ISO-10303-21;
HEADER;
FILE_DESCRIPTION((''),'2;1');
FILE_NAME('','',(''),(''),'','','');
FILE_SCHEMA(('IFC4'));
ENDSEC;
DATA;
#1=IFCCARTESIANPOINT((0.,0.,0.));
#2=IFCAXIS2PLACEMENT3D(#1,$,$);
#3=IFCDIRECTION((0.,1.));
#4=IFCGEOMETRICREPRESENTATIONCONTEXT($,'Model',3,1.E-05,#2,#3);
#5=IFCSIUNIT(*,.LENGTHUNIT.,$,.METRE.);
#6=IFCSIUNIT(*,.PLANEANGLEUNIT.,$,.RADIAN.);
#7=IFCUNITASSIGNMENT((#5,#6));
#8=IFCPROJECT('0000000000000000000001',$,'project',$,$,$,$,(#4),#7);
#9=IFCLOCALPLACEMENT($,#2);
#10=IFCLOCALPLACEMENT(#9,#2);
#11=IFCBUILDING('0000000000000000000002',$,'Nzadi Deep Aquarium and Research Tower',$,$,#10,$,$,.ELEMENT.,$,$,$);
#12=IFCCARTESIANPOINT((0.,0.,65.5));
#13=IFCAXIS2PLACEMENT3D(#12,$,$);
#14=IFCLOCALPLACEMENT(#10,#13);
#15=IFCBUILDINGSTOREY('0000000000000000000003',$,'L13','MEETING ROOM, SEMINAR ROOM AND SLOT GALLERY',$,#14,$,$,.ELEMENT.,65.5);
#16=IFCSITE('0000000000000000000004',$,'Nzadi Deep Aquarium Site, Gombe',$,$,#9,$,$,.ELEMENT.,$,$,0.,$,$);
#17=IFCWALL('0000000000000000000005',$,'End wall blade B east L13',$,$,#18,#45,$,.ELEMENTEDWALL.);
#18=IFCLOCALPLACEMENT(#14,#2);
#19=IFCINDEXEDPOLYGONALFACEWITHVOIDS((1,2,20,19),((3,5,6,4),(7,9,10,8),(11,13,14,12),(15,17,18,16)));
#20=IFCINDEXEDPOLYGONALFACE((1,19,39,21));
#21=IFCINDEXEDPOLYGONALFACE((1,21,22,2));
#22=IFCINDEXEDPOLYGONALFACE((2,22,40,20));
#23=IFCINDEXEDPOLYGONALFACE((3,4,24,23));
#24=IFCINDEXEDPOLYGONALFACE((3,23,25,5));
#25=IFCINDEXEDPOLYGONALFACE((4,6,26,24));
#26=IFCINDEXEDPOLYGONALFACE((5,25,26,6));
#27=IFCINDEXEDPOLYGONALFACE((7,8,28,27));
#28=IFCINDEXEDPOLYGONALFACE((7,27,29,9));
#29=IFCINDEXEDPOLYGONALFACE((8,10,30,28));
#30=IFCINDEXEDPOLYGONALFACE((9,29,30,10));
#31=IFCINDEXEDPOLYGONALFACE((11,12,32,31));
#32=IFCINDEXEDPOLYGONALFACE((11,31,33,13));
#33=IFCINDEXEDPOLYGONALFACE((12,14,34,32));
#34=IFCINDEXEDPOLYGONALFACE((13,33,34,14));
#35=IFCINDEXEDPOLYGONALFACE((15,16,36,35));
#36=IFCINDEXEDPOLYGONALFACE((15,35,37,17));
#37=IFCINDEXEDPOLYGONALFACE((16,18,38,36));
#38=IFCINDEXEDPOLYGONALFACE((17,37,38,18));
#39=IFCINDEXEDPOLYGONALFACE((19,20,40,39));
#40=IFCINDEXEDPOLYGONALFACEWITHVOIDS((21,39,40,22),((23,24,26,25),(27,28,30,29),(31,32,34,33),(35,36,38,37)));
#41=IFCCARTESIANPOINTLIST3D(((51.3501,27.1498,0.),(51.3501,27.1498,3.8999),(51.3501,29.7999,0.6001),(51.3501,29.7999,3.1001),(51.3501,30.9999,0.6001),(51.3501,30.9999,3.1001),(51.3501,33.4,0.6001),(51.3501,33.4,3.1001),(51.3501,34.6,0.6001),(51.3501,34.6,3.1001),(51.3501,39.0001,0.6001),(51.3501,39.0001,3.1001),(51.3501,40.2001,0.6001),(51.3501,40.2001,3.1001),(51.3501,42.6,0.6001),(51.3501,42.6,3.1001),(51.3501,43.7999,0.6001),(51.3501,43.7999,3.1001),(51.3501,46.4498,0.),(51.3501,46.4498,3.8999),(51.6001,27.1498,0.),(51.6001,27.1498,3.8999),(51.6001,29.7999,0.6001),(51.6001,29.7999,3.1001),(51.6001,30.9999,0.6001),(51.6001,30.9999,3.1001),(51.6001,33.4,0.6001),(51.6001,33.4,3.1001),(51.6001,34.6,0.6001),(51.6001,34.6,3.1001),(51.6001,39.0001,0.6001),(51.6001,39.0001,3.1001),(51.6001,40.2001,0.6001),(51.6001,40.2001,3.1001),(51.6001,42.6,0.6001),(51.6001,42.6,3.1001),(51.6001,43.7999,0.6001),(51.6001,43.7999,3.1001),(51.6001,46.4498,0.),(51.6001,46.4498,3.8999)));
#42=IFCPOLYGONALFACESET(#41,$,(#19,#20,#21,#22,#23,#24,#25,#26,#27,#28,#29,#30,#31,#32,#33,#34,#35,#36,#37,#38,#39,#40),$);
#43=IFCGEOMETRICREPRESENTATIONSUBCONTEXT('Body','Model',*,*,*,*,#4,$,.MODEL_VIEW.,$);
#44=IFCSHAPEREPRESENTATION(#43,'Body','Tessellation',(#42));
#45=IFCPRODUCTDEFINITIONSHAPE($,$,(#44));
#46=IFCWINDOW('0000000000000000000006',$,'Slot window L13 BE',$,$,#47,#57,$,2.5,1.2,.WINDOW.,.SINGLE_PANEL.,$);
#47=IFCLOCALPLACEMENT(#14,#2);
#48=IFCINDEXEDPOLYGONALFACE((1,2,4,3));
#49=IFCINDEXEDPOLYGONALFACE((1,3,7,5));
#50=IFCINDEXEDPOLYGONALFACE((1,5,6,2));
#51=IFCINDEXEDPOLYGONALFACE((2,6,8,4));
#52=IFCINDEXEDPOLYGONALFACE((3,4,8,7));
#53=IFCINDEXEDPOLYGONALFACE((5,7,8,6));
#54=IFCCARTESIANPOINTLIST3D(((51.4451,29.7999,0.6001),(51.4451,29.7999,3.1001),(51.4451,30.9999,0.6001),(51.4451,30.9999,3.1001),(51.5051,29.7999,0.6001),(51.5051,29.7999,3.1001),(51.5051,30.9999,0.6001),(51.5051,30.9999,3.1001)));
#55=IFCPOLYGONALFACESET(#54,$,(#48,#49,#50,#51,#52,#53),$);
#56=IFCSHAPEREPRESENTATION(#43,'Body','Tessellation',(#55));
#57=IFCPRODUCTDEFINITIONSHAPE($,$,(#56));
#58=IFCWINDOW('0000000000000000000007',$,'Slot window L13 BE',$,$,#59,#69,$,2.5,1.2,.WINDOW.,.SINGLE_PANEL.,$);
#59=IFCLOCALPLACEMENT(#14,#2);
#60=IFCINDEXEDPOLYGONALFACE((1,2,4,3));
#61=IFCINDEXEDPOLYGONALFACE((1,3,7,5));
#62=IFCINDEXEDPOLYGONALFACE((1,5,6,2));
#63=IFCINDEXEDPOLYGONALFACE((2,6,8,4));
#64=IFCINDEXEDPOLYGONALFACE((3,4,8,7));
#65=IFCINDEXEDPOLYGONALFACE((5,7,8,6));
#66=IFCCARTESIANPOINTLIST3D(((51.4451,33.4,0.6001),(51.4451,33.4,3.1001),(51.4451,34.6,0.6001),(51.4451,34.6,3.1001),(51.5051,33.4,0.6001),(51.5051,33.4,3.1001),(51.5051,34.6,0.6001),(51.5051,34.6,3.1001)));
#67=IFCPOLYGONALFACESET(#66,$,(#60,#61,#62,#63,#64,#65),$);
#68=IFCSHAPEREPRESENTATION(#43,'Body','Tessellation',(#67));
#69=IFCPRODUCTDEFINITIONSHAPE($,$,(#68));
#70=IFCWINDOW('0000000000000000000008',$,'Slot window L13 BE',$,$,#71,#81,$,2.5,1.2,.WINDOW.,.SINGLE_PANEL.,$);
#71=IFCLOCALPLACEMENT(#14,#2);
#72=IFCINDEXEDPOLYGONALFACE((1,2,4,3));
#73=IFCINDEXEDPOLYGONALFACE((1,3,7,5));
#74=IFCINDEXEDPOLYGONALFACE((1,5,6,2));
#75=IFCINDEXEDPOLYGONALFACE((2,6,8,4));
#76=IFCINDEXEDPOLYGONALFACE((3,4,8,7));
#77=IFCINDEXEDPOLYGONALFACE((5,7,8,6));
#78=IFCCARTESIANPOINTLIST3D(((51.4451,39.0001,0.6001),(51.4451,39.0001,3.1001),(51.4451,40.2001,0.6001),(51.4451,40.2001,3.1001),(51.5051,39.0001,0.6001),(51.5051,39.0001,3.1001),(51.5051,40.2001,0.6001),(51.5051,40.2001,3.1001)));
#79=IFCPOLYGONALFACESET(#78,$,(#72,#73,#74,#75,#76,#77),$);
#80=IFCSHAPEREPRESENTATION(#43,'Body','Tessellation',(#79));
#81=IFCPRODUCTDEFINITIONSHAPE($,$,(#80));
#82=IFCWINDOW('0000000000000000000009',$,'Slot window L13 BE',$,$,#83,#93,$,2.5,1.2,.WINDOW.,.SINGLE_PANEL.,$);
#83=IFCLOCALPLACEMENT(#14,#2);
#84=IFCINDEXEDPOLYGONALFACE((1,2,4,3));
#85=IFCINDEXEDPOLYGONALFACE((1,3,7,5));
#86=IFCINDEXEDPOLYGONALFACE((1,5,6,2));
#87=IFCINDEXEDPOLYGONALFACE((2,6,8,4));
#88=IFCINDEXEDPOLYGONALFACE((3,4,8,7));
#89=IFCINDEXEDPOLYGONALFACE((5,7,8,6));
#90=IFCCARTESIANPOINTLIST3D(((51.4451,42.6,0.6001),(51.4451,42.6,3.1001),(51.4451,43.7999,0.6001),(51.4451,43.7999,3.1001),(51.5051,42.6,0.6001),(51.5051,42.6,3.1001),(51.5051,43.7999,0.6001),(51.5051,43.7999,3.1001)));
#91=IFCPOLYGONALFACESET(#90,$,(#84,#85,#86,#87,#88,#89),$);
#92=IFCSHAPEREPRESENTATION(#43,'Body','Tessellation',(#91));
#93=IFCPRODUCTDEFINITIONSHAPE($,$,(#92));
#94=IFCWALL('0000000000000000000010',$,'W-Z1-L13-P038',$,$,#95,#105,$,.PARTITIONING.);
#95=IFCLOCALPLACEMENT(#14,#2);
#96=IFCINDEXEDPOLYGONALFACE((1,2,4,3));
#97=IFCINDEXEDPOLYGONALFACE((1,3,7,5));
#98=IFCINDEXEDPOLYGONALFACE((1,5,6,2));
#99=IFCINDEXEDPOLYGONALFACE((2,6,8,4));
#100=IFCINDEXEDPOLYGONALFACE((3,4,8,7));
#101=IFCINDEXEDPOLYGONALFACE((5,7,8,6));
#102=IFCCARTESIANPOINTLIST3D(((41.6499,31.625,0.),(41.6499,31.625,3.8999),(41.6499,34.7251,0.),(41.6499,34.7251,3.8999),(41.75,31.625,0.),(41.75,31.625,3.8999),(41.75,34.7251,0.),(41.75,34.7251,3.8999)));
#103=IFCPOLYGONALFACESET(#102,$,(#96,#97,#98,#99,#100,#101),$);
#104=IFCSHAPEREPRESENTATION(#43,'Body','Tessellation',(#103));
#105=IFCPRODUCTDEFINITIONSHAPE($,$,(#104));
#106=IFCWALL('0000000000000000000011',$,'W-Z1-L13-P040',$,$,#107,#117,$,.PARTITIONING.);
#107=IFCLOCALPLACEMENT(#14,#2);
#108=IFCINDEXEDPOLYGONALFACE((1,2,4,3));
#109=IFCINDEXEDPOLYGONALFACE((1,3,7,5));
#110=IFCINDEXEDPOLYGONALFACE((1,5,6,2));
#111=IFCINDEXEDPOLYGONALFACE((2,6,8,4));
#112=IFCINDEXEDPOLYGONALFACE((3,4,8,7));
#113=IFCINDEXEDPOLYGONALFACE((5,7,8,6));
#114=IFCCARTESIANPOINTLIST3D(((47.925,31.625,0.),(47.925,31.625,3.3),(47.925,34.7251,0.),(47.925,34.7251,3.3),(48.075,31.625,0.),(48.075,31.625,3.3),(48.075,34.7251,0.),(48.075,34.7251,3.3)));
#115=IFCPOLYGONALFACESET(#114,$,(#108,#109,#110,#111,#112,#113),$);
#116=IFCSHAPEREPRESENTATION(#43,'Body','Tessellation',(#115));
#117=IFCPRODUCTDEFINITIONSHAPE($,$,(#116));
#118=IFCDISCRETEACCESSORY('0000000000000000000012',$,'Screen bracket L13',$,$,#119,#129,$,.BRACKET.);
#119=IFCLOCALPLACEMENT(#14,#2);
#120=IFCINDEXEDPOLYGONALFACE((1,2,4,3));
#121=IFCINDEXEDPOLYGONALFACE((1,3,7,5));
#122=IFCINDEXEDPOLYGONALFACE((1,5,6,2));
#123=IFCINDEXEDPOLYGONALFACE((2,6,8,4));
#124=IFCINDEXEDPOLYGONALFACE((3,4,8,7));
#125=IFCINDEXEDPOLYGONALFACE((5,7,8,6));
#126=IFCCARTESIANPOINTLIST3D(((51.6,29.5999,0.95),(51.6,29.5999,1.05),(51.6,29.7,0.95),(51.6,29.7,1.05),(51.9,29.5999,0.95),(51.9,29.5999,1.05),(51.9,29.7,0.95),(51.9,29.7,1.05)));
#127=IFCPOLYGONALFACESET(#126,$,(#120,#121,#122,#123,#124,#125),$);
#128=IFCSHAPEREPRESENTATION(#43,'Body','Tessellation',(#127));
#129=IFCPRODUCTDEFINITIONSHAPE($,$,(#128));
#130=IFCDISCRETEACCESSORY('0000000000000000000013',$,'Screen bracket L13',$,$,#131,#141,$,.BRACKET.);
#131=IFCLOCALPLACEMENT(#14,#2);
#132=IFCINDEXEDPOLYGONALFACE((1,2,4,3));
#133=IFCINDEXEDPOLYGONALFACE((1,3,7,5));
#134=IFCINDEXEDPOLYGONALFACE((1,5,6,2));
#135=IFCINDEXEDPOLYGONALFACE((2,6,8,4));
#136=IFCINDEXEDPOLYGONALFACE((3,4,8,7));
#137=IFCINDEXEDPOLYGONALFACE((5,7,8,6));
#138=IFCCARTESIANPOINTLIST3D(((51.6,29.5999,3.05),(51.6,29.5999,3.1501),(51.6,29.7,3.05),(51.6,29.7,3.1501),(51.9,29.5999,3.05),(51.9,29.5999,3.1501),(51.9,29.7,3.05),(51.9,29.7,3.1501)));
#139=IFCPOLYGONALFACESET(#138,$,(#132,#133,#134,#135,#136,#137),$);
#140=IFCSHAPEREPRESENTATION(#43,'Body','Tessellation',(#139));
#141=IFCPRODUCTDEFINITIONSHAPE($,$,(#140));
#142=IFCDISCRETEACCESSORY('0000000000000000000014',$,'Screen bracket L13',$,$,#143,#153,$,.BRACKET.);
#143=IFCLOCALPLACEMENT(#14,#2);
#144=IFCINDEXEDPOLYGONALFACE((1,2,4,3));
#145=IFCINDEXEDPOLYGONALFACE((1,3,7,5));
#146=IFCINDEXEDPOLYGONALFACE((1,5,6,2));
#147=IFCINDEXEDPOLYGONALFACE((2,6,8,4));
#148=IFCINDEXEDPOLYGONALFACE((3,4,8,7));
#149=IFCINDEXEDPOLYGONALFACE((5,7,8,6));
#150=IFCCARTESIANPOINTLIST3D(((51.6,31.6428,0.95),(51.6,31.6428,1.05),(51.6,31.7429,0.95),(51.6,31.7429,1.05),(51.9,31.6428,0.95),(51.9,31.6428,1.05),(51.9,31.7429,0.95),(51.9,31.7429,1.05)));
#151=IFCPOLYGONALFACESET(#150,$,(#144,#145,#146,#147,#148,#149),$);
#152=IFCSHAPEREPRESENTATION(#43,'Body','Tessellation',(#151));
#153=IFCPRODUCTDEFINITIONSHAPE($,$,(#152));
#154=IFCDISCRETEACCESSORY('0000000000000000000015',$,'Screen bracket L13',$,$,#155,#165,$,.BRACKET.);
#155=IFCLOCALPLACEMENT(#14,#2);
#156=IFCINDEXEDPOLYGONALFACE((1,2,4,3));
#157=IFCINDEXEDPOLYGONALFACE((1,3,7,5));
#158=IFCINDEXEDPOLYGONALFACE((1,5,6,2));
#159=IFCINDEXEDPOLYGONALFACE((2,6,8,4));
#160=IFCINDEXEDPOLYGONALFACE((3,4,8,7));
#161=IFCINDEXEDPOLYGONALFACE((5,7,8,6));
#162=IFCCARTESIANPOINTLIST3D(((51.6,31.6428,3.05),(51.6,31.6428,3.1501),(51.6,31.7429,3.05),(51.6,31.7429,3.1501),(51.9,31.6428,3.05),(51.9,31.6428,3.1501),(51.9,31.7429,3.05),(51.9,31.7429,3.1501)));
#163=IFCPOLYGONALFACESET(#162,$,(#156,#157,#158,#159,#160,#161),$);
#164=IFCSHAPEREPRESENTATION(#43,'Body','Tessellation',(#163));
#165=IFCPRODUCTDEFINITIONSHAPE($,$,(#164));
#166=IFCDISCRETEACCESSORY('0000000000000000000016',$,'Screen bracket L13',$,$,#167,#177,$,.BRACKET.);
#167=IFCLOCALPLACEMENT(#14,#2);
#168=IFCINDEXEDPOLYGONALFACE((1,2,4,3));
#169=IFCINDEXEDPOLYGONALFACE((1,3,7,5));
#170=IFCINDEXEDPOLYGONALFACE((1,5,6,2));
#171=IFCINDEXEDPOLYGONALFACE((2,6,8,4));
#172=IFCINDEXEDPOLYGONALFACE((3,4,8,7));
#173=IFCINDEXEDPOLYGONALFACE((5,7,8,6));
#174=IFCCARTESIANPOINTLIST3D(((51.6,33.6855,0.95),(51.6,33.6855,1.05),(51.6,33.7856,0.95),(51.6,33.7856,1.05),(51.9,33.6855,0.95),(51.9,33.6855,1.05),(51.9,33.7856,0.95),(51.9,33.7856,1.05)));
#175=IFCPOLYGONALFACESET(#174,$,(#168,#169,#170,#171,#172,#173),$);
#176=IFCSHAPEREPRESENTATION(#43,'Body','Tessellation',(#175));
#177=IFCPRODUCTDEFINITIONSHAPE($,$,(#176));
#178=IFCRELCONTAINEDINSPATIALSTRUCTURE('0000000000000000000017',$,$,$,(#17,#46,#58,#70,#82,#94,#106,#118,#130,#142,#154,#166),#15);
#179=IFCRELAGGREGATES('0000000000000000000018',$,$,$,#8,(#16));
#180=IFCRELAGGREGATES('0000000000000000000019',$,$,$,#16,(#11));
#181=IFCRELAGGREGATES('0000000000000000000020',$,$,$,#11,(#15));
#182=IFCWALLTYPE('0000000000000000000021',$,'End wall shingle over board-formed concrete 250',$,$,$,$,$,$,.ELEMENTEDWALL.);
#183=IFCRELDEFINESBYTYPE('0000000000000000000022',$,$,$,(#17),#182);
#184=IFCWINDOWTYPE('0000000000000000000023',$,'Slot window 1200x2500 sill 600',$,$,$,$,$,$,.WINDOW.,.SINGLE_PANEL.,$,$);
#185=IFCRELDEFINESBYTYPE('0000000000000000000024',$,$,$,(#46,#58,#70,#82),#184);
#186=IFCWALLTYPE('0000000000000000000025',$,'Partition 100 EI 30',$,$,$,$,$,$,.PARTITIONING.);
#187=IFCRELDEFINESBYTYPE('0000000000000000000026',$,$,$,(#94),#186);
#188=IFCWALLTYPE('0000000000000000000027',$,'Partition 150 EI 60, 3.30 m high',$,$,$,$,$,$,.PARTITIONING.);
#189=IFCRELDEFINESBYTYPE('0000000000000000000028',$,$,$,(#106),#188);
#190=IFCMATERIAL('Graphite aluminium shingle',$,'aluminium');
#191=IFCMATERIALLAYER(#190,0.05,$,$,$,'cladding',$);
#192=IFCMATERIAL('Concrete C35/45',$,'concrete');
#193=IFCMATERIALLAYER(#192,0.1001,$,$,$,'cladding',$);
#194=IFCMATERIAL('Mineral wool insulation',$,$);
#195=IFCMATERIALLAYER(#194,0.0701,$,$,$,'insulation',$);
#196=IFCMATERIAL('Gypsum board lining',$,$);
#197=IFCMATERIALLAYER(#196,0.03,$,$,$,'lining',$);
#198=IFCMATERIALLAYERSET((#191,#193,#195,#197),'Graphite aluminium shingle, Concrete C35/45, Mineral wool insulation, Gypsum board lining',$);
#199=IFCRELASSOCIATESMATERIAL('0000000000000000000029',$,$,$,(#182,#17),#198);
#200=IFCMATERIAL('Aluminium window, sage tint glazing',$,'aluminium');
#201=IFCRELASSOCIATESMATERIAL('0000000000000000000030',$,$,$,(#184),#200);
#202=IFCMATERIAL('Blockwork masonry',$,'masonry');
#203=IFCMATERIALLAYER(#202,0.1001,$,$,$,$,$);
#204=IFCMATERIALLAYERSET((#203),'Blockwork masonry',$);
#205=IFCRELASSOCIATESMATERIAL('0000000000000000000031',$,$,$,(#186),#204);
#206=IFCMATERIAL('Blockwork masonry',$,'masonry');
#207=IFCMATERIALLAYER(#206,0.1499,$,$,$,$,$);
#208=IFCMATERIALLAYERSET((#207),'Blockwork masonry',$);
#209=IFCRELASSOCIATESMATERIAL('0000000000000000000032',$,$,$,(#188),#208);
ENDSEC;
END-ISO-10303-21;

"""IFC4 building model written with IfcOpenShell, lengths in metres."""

from ifc_helpers import new_model, si_unit, direction, frame, frame_2d, origin, origin_2d, place, context, subcontext, project, spatial, rectangle, extrude, material, layer, layer_set, layer_usage, type_object, element, fill, save


model = new_model("IFC4")

# Units and contexts
model_context = context("Model", 3, precision=1e-05, world=origin(), true_north=direction((0.0, 1.0)))
body_context = subcontext(model_context, "Body", "Model", "MODEL_VIEW")
ifc_project = project(units=[si_unit("LENGTHUNIT", "METRE"), si_unit("PLANEANGLEUNIT", "RADIAN")], contexts=[model_context])

# Site, building, storey
site_placement = place(None, origin())
site = spatial("IfcSite", under=ifc_project, at=site_placement, Name="Nzadi Deep Aquarium Site, Gombe", CompositionType="ELEMENT", RefElevation=0.0)
building_placement = place(site_placement, origin())
building = spatial("IfcBuilding", under=site, at=building_placement, Name="Nzadi Deep Aquarium and Research Tower", CompositionType="ELEMENT")
storey_placement = place(building_placement, frame((0.0, 0.0, 65.5)))
storey = spatial("IfcBuildingStorey", under=building, at=storey_placement, Name="L13", Description="MEETING ROOM, SEMINAR ROOM AND SLOT GALLERY", CompositionType="ELEMENT", Elevation=65.5)

# Wall, openings, windows
ifc_material_1 = material(Name="Graphite aluminium shingle", Category="aluminium")
ifc_layer_1 = layer(ifc_material_1, 0.05, Category="cladding")
ifc_material_2 = material(Name="Concrete C35/45", Category="concrete")
ifc_layer_2 = layer(ifc_material_2, 0.1001, Category="cladding")
ifc_material_3 = material(Name="Mineral wool insulation")
ifc_layer_3 = layer(ifc_material_3, 0.0701, Category="insulation")
ifc_material_4 = material(Name="Gypsum board lining")
ifc_layer_4 = layer(ifc_material_4, 0.03, Category="lining")
ifc_layer_set_1 = layer_set([ifc_layer_1, ifc_layer_2, ifc_layer_3, ifc_layer_4], Name="Graphite aluminium shingle, Concrete C35/45, Mineral wool insulation, Gypsum board lining")
ifc_layer_usage = layer_usage(ifc_layer_set_1, "AXIS2", "POSITIVE", -0.125)
wall_type_1 = type_object("IfcWallType", Name="End wall shingle over board-formed concrete 250", PredefinedType="ELEMENTEDWALL", material=ifc_layer_set_1)
wall_1_placement = place(storey_placement, frame((51.4751, 27.1499, 0.0), z_axis=(0.0, 0.0, 1.0), x_axis=(0.0, 1.0, 0.0)))
wall_1 = element("IfcWall", 1, at=wall_1_placement, inside=storey, type_object=wall_type_1, material=ifc_layer_usage, Name="End wall blade B east L13", PredefinedType="ELEMENTEDWALL", context=body_context, shape_type="SweptSolid", body=[
    extrude(rectangle(XDim=19.3, YDim=0.25, at=frame_2d((9.6499, 0.0))), origin(), (0.0, 0.0, 1.0), 3.8999),
])
opening_1_placement = place(wall_1_placement, frame((2.6499, 0.0, 0.6001)))
opening_1 = element("IfcOpeningElement", 2, at=opening_1_placement, cuts=wall_1, PredefinedType="OPENING", context=body_context, shape_type="SweptSolid", body=[
    extrude(rectangle(XDim=1.2, YDim=2.5, at=frame_2d((0.6001, 1.25))), frame((0.0, 0.135, 0.0), z_axis=(0.0, -1.0, 0.0), x_axis=(1.0, 0.0, 0.0)), (0.0, 0.0, 1.0), 0.27),
])
opening_2_placement = place(wall_1_placement, frame((6.25, 0.0, 0.6001)))
opening_2 = element("IfcOpeningElement", 3, at=opening_2_placement, cuts=wall_1, PredefinedType="OPENING", context=body_context, shape_type="SweptSolid", body=[
    extrude(rectangle(XDim=1.2, YDim=2.5, at=frame_2d((0.6001, 1.25))), frame((0.0, 0.135, 0.0), z_axis=(0.0, -1.0, 0.0), x_axis=(1.0, 0.0, 0.0)), (0.0, 0.0, 1.0), 0.27),
])
opening_3_placement = place(wall_1_placement, frame((11.8501, 0.0, 0.6001)))
opening_3 = element("IfcOpeningElement", 4, at=opening_3_placement, cuts=wall_1, PredefinedType="OPENING", context=body_context, shape_type="SweptSolid", body=[
    extrude(rectangle(XDim=1.2, YDim=2.5, at=frame_2d((0.6001, 1.25))), frame((0.0, 0.135, 0.0), z_axis=(0.0, -1.0, 0.0), x_axis=(1.0, 0.0, 0.0)), (0.0, 0.0, 1.0), 0.27),
])
opening_4_placement = place(wall_1_placement, frame((15.45, 0.0, 0.6001)))
opening_4 = element("IfcOpeningElement", 5, at=opening_4_placement, cuts=wall_1, PredefinedType="OPENING", context=body_context, shape_type="SweptSolid", body=[
    extrude(rectangle(XDim=1.2, YDim=2.5, at=frame_2d((0.6001, 1.25))), frame((0.0, 0.135, 0.0), z_axis=(0.0, -1.0, 0.0), x_axis=(1.0, 0.0, 0.0)), (0.0, 0.0, 1.0), 0.27),
])
ifc_material_5 = material(Name="Aluminium window, sage tint glazing", Category="aluminium")
window_type = type_object("IfcWindowType", Name="Slot window 1200x2500 sill 600", PartitioningType="SINGLE_PANEL", PredefinedType="WINDOW", material=ifc_material_5)
window_1_placement = place(opening_1_placement, origin())
window_1 = element("IfcWindow", 6, at=window_1_placement, inside=storey, type_object=window_type, Name="Slot window L13 BE", OverallHeight=2.5, OverallWidth=1.2, PartitioningType="SINGLE_PANEL", PredefinedType="WINDOW", context=body_context, shape_type="SweptSolid", body=[
    extrude(rectangle(XDim=1.2, YDim=2.5, at=frame_2d((0.6001, 1.25))), frame((0.0, 0.03, 0.0), z_axis=(0.0, -1.0, 0.0), x_axis=(1.0, 0.0, 0.0)), (0.0, 0.0, 1.0), 0.0601),
])
fill(opening_1, window_1)
window_2_placement = place(opening_2_placement, origin())
window_2 = element("IfcWindow", 7, at=window_2_placement, inside=storey, type_object=window_type, Name="Slot window L13 BE", OverallHeight=2.5, OverallWidth=1.2, PartitioningType="SINGLE_PANEL", PredefinedType="WINDOW", context=body_context, shape_type="SweptSolid", body=[
    extrude(rectangle(XDim=1.2, YDim=2.5, at=frame_2d((0.6001, 1.25))), frame((0.0, 0.03, 0.0), z_axis=(0.0, -1.0, 0.0), x_axis=(1.0, 0.0, 0.0)), (0.0, 0.0, 1.0), 0.0601),
])
fill(opening_2, window_2)
window_3_placement = place(opening_3_placement, origin())
window_3 = element("IfcWindow", 8, at=window_3_placement, inside=storey, type_object=window_type, Name="Slot window L13 BE", OverallHeight=2.5, OverallWidth=1.2, PartitioningType="SINGLE_PANEL", PredefinedType="WINDOW", context=body_context, shape_type="SweptSolid", body=[
    extrude(rectangle(XDim=1.2, YDim=2.5, at=frame_2d((0.6001, 1.25))), frame((0.0, 0.03, 0.0), z_axis=(0.0, -1.0, 0.0), x_axis=(1.0, 0.0, 0.0)), (0.0, 0.0, 1.0), 0.0601),
])
fill(opening_3, window_3)
window_4_placement = place(opening_4_placement, origin())
window_4 = element("IfcWindow", 9, at=window_4_placement, inside=storey, type_object=window_type, Name="Slot window L13 BE", OverallHeight=2.5, OverallWidth=1.2, PartitioningType="SINGLE_PANEL", PredefinedType="WINDOW", context=body_context, shape_type="SweptSolid", body=[
    extrude(rectangle(XDim=1.2, YDim=2.5, at=frame_2d((0.6001, 1.25))), frame((0.0, 0.03, 0.0), z_axis=(0.0, -1.0, 0.0), x_axis=(1.0, 0.0, 0.0)), (0.0, 0.0, 1.0), 0.0601),
])
fill(opening_4, window_4)

# Walls
ifc_material_6 = material(Name="Blockwork masonry", Category="masonry")
ifc_layer_5 = layer(ifc_material_6, 0.1001)
ifc_layer_set_2 = layer_set([ifc_layer_5], Name="Blockwork masonry")
wall_type_2 = type_object("IfcWallType", Name="Partition 100 EI 30", PredefinedType="PARTITIONING", material=ifc_layer_set_2)
wall_2_placement = place(storey_placement, frame((41.7, 31.625, 0.0), z_axis=(0.0, 0.0, 1.0), x_axis=(0.0, 1.0, 0.0)))
element("IfcWall", 10, at=wall_2_placement, inside=storey, type_object=wall_type_2, Name="W-Z1-L13-P038", PredefinedType="PARTITIONING", context=body_context, shape_type="SweptSolid", body=[
    extrude(rectangle(XDim=3.1001, YDim=0.1001, at=frame_2d((1.55, 0.0))), origin(), (0.0, 0.0, 1.0), 3.8999),
])
ifc_material_7 = material(Name="Blockwork masonry", Category="masonry")
ifc_layer_6 = layer(ifc_material_7, 0.1499)
ifc_layer_set_3 = layer_set([ifc_layer_6], Name="Blockwork masonry")
wall_type_3 = type_object("IfcWallType", Name="Partition 150 EI 60, 3.30 m high", PredefinedType="PARTITIONING", material=ifc_layer_set_3)
wall_3_placement = place(storey_placement, frame((48.0, 31.625, 0.0), z_axis=(0.0, 0.0, 1.0), x_axis=(0.0, 1.0, 0.0)))
element("IfcWall", 11, at=wall_3_placement, inside=storey, type_object=wall_type_3, Name="W-Z1-L13-P040", PredefinedType="PARTITIONING", context=body_context, shape_type="SweptSolid", body=[
    extrude(rectangle(XDim=3.1001, YDim=0.1499, at=frame_2d((1.55, 0.0))), origin(), (0.0, 0.0, 1.0), 3.3),
])

# Discrete accessories
for number, where, z_axis, x_axis, name in (
    (12, (51.75, 29.6499, 0.95), (0.0, 0.0, 1.0), (1.0, 0.0, 0.0), "Screen bracket L13"),
    (13, (51.75, 29.6499, 3.05), (0.0, 0.0, 1.0), (1.0, 0.0, 0.0), "Screen bracket L13"),
    (14, (51.75, 31.6929, 0.95), (0.0, 0.0, 1.0), (1.0, 0.0, 0.0), "Screen bracket L13"),
    (15, (51.75, 31.6929, 3.05), (0.0, 0.0, 1.0), (1.0, 0.0, 0.0), "Screen bracket L13"),
    (16, (51.75, 33.7356, 0.95), (0.0, 0.0, 1.0), (1.0, 0.0, 0.0), "Screen bracket L13"),
):
    element("IfcDiscreteAccessory", number, at=place(storey_placement, frame(where, z_axis=z_axis, x_axis=x_axis)), inside=storey, Name=name, PredefinedType="BRACKET", context=body_context, shape_type="SweptSolid", body=[
        extrude(rectangle(XDim=0.3, YDim=0.1001, at=origin_2d()), origin(), (0.0, 0.0, 1.0), 0.1001),
    ])

save(model, "model.ifc")
